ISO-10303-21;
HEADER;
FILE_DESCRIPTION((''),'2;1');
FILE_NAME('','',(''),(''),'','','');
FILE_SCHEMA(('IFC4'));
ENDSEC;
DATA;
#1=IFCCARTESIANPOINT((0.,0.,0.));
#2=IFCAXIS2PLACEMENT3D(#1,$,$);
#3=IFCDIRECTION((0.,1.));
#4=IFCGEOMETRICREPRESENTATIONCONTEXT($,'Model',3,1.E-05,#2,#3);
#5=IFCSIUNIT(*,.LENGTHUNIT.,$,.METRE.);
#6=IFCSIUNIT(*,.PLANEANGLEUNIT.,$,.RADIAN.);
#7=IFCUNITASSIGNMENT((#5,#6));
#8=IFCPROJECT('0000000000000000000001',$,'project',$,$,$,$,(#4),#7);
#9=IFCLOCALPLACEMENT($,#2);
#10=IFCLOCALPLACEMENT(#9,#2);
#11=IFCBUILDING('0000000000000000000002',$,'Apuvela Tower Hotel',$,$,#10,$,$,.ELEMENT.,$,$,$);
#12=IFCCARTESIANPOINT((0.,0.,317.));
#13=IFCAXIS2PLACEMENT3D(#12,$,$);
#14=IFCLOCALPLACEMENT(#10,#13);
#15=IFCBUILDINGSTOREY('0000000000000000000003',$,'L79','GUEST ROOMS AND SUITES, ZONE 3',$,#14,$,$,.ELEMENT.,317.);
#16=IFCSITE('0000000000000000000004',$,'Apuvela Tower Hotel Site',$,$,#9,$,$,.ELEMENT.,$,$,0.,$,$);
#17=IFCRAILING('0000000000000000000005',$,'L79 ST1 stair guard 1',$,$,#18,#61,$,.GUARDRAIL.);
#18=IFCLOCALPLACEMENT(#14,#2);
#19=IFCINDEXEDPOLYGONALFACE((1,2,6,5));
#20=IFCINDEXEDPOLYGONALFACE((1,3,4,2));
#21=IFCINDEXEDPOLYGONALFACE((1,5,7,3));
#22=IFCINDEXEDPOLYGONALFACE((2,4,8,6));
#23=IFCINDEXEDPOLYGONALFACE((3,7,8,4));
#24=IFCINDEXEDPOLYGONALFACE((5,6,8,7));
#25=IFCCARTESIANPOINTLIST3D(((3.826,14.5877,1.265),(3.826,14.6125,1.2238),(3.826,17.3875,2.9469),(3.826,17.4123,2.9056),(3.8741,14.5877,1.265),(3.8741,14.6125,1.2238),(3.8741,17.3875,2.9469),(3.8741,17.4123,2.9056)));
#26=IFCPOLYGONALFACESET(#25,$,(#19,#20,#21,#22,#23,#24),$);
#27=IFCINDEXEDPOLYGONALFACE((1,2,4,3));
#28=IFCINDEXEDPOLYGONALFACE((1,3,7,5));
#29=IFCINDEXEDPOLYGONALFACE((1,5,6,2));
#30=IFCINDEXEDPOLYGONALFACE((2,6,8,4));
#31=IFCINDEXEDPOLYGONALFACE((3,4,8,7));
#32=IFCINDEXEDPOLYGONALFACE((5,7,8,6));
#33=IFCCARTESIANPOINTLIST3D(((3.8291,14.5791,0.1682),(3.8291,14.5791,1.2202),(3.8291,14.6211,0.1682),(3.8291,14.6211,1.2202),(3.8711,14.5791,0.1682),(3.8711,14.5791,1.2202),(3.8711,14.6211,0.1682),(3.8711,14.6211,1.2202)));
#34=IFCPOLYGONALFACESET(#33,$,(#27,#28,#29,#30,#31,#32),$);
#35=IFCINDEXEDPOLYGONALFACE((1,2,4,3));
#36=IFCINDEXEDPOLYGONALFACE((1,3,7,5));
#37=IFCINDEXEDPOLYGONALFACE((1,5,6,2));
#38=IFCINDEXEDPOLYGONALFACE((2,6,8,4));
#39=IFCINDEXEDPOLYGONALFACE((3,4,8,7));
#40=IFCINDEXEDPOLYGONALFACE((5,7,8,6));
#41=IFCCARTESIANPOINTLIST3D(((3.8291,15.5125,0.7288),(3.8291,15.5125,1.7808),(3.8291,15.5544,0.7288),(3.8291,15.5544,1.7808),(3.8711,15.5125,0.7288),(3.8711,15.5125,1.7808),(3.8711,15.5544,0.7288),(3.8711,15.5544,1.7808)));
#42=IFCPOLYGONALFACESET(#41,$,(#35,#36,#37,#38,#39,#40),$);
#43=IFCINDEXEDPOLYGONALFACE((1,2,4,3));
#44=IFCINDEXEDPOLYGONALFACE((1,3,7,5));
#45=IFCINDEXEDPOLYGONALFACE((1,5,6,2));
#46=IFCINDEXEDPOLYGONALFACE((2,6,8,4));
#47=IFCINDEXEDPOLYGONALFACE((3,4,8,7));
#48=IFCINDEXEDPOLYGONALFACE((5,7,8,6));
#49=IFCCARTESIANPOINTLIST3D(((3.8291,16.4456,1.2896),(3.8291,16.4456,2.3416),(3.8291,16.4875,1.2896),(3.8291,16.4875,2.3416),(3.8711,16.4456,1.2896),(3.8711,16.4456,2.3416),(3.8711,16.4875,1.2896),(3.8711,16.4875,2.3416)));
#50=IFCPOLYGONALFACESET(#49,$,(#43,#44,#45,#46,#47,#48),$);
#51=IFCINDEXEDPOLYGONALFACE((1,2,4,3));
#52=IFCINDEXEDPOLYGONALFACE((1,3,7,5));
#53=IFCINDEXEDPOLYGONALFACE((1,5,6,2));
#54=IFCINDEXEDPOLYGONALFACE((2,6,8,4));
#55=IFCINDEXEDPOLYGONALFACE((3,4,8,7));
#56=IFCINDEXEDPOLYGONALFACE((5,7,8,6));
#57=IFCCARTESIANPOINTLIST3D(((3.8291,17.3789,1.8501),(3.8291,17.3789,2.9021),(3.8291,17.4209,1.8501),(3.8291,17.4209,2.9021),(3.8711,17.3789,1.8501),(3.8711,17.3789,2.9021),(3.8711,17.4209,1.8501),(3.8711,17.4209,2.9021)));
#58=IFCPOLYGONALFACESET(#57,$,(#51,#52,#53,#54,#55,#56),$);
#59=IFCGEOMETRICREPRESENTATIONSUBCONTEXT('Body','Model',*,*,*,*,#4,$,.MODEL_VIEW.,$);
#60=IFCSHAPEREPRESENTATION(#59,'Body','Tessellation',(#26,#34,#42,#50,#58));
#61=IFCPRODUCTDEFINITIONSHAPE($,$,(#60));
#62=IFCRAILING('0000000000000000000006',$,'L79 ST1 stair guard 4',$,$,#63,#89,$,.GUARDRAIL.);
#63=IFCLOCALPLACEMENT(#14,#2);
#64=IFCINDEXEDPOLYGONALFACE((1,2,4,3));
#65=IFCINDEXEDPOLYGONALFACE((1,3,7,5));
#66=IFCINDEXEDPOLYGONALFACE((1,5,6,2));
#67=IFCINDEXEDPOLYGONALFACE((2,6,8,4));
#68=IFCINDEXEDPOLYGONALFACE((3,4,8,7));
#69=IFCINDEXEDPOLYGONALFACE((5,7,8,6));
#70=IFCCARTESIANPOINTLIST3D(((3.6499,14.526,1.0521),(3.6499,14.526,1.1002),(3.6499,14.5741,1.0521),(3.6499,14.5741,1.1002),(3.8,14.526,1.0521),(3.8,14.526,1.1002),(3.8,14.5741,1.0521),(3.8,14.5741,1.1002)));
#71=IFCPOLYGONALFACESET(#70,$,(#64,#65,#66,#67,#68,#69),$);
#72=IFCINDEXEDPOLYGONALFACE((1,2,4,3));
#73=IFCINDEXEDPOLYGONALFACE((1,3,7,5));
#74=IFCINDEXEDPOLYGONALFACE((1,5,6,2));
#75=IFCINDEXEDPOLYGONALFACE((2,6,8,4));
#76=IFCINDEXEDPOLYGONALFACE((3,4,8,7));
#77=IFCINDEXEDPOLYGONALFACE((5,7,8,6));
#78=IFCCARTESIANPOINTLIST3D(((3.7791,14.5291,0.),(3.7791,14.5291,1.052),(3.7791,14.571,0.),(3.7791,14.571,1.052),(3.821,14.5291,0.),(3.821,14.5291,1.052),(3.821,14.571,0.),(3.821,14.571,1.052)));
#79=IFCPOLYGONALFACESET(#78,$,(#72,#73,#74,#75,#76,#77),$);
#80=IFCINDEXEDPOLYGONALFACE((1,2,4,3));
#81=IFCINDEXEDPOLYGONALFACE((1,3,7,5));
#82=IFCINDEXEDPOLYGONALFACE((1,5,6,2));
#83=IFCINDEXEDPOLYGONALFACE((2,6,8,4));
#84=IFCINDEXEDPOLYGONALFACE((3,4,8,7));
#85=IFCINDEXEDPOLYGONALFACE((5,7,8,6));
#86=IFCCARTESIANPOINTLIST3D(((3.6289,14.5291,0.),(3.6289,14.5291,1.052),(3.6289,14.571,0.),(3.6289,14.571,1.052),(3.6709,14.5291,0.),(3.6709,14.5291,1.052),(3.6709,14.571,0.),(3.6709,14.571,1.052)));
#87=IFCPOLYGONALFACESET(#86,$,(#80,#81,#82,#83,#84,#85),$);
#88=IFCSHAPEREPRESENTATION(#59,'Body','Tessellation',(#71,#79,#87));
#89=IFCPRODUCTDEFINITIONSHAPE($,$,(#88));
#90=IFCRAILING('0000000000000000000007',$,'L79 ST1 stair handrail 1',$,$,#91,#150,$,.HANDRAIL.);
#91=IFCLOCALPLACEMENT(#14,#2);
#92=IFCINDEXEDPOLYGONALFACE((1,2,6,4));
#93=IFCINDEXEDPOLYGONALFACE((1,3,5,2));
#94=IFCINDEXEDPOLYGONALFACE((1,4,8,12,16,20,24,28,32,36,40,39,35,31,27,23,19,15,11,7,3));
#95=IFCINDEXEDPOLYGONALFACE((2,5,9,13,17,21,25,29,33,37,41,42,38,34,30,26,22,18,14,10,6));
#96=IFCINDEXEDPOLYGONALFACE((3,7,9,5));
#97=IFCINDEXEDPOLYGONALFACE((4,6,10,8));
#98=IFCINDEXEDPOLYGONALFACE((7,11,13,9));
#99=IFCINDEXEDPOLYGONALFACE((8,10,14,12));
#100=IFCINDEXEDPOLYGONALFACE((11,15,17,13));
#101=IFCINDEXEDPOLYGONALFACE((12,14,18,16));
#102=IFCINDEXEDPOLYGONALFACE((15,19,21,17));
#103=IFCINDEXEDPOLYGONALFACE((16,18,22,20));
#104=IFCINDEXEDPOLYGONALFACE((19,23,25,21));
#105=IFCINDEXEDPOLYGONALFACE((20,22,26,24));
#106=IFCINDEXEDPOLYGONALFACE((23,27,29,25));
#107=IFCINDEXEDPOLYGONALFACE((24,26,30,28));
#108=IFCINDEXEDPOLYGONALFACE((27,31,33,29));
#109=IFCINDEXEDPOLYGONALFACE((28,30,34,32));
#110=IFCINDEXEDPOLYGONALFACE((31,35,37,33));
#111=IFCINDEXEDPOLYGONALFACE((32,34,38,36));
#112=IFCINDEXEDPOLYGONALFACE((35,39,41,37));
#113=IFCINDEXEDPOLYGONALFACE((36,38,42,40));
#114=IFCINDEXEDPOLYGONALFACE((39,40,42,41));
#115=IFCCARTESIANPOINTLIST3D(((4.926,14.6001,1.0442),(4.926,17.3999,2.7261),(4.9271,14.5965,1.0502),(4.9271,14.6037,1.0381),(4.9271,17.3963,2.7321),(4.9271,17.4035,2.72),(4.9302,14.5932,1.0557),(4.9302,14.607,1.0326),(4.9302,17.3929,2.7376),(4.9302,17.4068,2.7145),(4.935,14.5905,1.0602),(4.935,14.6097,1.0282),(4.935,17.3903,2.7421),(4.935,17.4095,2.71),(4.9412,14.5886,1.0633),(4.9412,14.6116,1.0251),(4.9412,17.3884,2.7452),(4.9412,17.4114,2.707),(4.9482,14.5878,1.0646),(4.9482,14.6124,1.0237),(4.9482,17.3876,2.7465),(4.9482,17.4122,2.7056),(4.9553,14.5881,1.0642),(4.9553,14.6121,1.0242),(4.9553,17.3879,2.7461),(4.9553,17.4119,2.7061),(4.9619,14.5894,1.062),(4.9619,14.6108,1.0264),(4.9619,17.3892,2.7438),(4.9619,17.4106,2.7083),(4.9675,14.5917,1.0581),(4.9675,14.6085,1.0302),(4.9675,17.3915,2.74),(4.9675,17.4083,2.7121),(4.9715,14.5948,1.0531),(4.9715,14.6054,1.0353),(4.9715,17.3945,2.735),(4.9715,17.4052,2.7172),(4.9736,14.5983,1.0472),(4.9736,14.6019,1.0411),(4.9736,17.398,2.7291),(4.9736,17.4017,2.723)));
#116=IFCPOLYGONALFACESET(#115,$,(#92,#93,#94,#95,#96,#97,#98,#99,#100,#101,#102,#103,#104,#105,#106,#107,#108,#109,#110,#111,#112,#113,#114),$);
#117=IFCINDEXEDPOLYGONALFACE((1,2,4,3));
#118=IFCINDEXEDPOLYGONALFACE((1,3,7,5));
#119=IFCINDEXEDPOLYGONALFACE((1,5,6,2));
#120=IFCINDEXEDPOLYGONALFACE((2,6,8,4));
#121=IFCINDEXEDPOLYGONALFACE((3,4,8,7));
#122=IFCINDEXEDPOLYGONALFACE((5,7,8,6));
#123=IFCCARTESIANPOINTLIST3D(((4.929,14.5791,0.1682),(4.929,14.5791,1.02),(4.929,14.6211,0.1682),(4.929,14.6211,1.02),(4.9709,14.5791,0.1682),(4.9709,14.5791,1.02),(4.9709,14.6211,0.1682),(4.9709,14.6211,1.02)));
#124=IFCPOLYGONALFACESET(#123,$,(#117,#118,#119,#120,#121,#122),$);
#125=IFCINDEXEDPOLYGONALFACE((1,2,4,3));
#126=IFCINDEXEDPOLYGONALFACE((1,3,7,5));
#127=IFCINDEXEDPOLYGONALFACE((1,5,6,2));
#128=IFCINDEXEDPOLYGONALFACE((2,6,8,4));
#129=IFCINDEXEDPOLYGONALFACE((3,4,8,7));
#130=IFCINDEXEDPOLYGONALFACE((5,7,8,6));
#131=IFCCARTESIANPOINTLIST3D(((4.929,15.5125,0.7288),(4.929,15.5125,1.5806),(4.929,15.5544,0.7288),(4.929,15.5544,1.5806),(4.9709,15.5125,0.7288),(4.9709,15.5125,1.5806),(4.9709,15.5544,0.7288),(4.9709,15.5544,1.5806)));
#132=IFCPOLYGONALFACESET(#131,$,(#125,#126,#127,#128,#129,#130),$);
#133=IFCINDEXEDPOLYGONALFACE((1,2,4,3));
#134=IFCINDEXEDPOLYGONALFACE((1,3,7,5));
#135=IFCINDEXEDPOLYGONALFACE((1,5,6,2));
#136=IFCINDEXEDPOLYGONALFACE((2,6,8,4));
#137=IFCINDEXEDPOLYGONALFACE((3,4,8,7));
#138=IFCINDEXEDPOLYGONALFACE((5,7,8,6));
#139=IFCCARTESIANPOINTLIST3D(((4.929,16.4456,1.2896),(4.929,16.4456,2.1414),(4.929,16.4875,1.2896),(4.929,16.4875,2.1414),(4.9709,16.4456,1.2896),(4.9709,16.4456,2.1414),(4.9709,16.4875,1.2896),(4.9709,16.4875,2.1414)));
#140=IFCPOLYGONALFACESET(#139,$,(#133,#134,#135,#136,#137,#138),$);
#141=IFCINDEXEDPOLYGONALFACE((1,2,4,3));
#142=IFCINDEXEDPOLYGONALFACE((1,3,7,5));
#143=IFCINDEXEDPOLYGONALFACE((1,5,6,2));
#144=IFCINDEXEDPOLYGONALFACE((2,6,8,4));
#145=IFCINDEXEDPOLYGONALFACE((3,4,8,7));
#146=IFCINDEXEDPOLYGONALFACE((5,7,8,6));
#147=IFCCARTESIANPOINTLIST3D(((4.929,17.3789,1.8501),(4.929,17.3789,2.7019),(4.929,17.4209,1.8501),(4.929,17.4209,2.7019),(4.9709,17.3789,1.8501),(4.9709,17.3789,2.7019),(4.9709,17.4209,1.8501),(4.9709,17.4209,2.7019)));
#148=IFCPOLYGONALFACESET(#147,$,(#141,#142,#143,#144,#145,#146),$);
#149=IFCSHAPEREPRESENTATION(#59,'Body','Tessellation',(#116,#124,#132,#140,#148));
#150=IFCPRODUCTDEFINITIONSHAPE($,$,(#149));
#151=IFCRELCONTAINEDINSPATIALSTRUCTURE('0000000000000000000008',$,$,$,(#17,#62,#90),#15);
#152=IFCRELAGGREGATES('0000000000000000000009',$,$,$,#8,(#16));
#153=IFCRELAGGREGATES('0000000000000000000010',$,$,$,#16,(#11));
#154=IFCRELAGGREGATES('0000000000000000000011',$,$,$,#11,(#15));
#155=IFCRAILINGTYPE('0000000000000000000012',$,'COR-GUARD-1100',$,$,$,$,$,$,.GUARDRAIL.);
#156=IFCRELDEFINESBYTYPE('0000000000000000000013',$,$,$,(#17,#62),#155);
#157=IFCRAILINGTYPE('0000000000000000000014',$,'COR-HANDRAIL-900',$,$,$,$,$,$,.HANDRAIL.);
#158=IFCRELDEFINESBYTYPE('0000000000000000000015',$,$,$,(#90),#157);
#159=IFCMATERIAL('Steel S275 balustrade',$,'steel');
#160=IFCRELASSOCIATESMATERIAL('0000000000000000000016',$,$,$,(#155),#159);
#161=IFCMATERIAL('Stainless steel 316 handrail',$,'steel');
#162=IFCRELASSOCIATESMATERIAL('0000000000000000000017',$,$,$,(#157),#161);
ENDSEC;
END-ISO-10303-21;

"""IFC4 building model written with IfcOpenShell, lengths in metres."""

from ifc_helpers import new_model, si_unit, direction, frame, origin, origin_2d, place, context, subcontext, project, spatial, rectangle, circle, extrude, material, type_object, element, save


model = new_model("IFC4")

# Units and contexts
model_context = context("Model", 3, precision=1e-05, world=origin(), true_north=direction((0.0, 1.0)))
body_context = subcontext(model_context, "Body", "Model", "MODEL_VIEW")
ifc_project = project(units=[si_unit("LENGTHUNIT", "METRE"), si_unit("PLANEANGLEUNIT", "RADIAN")], contexts=[model_context])

# Site, building, storey
site_placement = place(None, origin())
site = spatial("IfcSite", under=ifc_project, at=site_placement, Name="Apuvela Tower Hotel Site", CompositionType="ELEMENT", RefElevation=0.0)
building_placement = place(site_placement, origin())
building = spatial("IfcBuilding", under=site, at=building_placement, Name="Apuvela Tower Hotel", CompositionType="ELEMENT")
storey_placement = place(building_placement, frame((0.0, 0.0, 317.0)))
storey = spatial("IfcBuildingStorey", under=building, at=storey_placement, Name="L79", Description="GUEST ROOMS AND SUITES, ZONE 3", CompositionType="ELEMENT", Elevation=317.0)

# Railings
ifc_material_1 = material(Name="Steel S275 balustrade", Category="steel")
railing_type_1 = type_object("IfcRailingType", Name="COR-GUARD-1100", PredefinedType="GUARDRAIL", material=ifc_material_1)
railing_1_placement = place(storey_placement, frame((3.8501, 14.6001, 0.1682)))
element("IfcRailing", 1, at=railing_1_placement, inside=storey, type_object=railing_type_1, Name="L79 ST1 stair guard 1", PredefinedType="GUARDRAIL", context=body_context, shape_type="SweptSolid", body=[
    extrude(rectangle(XDim=0.0481, YDim=0.0481, at=origin_2d()), frame((0.0, 0.0, 1.0762), z_axis=(0.0, 0.857222, 0.514946), x_axis=(-1.0, 0.0, 0.0)), (0.0, 0.0, 1.0), 3.2661),
    extrude(rectangle(XDim=0.042, YDim=0.042, at=origin_2d()), origin(), (0.0, 0.0, 1.0), 1.052),
    extrude(rectangle(XDim=0.042, YDim=0.042, at=origin_2d()), frame((0.0, 0.9333, 0.5605)), (0.0, 0.0, 1.0), 1.052),
    extrude(rectangle(XDim=0.042, YDim=0.042, at=origin_2d()), frame((0.0, 1.8665, 1.1213)), (0.0, 0.0, 1.0), 1.052),
    extrude(rectangle(XDim=0.042, YDim=0.042, at=origin_2d()), frame((0.0, 2.7998, 1.6819)), (0.0, 0.0, 1.0), 1.052),
])
railing_2_placement = place(storey_placement, frame((3.8, 14.55, 0.0)))
element("IfcRailing", 2, at=railing_2_placement, inside=storey, type_object=railing_type_1, Name="L79 ST1 stair guard 4", PredefinedType="GUARDRAIL", context=body_context, shape_type="SweptSolid", body=[
    extrude(rectangle(XDim=0.0481, YDim=0.0481, at=origin_2d()), frame((0.0, 0.0, 1.0762), z_axis=(-1.0, 0.0, 0.0), x_axis=(0.0, -1.0, 0.0)), (0.0, 0.0, 1.0), 0.1501),
    extrude(rectangle(XDim=0.042, YDim=0.042, at=origin_2d()), origin(), (0.0, 0.0, 1.0), 1.052),
    extrude(rectangle(XDim=0.042, YDim=0.042, at=origin_2d()), frame((-0.1501, 0.0, 0.0)), (0.0, 0.0, 1.0), 1.052),
])
ifc_material_2 = material(Name="Stainless steel 316 handrail", Category="steel")
railing_type_2 = type_object("IfcRailingType", Name="COR-HANDRAIL-900", PredefinedType="HANDRAIL", material=ifc_material_2)
railing_3_placement = place(storey_placement, frame((4.95, 14.6001, 0.1682)))
element("IfcRailing", 3, at=railing_3_placement, inside=storey, type_object=railing_type_2, Name="L79 ST1 stair handrail 1", PredefinedType="HANDRAIL", context=body_context, shape_type="SweptSolid", body=[
    extrude(circle(Radius=0.0239, at=origin_2d()), frame((0.0, 0.0, 0.876), z_axis=(0.0, 0.857222, 0.514946), x_axis=(-1.0, 0.0, 0.0)), (0.0, 0.0, 1.0), 3.2661),
    extrude(rectangle(XDim=0.042, YDim=0.042, at=origin_2d()), origin(), (0.0, 0.0, 1.0), 0.8518),
    extrude(rectangle(XDim=0.042, YDim=0.042, at=origin_2d()), frame((0.0, 0.9333, 0.5605)), (0.0, 0.0, 1.0), 0.8518),
    extrude(rectangle(XDim=0.042, YDim=0.042, at=origin_2d()), frame((0.0, 1.8665, 1.1213)), (0.0, 0.0, 1.0), 0.8518),
    extrude(rectangle(XDim=0.042, YDim=0.042, at=origin_2d()), frame((0.0, 2.7998, 1.6819)), (0.0, 0.0, 1.0), 0.8518),
])

save(model, "model.ifc")
